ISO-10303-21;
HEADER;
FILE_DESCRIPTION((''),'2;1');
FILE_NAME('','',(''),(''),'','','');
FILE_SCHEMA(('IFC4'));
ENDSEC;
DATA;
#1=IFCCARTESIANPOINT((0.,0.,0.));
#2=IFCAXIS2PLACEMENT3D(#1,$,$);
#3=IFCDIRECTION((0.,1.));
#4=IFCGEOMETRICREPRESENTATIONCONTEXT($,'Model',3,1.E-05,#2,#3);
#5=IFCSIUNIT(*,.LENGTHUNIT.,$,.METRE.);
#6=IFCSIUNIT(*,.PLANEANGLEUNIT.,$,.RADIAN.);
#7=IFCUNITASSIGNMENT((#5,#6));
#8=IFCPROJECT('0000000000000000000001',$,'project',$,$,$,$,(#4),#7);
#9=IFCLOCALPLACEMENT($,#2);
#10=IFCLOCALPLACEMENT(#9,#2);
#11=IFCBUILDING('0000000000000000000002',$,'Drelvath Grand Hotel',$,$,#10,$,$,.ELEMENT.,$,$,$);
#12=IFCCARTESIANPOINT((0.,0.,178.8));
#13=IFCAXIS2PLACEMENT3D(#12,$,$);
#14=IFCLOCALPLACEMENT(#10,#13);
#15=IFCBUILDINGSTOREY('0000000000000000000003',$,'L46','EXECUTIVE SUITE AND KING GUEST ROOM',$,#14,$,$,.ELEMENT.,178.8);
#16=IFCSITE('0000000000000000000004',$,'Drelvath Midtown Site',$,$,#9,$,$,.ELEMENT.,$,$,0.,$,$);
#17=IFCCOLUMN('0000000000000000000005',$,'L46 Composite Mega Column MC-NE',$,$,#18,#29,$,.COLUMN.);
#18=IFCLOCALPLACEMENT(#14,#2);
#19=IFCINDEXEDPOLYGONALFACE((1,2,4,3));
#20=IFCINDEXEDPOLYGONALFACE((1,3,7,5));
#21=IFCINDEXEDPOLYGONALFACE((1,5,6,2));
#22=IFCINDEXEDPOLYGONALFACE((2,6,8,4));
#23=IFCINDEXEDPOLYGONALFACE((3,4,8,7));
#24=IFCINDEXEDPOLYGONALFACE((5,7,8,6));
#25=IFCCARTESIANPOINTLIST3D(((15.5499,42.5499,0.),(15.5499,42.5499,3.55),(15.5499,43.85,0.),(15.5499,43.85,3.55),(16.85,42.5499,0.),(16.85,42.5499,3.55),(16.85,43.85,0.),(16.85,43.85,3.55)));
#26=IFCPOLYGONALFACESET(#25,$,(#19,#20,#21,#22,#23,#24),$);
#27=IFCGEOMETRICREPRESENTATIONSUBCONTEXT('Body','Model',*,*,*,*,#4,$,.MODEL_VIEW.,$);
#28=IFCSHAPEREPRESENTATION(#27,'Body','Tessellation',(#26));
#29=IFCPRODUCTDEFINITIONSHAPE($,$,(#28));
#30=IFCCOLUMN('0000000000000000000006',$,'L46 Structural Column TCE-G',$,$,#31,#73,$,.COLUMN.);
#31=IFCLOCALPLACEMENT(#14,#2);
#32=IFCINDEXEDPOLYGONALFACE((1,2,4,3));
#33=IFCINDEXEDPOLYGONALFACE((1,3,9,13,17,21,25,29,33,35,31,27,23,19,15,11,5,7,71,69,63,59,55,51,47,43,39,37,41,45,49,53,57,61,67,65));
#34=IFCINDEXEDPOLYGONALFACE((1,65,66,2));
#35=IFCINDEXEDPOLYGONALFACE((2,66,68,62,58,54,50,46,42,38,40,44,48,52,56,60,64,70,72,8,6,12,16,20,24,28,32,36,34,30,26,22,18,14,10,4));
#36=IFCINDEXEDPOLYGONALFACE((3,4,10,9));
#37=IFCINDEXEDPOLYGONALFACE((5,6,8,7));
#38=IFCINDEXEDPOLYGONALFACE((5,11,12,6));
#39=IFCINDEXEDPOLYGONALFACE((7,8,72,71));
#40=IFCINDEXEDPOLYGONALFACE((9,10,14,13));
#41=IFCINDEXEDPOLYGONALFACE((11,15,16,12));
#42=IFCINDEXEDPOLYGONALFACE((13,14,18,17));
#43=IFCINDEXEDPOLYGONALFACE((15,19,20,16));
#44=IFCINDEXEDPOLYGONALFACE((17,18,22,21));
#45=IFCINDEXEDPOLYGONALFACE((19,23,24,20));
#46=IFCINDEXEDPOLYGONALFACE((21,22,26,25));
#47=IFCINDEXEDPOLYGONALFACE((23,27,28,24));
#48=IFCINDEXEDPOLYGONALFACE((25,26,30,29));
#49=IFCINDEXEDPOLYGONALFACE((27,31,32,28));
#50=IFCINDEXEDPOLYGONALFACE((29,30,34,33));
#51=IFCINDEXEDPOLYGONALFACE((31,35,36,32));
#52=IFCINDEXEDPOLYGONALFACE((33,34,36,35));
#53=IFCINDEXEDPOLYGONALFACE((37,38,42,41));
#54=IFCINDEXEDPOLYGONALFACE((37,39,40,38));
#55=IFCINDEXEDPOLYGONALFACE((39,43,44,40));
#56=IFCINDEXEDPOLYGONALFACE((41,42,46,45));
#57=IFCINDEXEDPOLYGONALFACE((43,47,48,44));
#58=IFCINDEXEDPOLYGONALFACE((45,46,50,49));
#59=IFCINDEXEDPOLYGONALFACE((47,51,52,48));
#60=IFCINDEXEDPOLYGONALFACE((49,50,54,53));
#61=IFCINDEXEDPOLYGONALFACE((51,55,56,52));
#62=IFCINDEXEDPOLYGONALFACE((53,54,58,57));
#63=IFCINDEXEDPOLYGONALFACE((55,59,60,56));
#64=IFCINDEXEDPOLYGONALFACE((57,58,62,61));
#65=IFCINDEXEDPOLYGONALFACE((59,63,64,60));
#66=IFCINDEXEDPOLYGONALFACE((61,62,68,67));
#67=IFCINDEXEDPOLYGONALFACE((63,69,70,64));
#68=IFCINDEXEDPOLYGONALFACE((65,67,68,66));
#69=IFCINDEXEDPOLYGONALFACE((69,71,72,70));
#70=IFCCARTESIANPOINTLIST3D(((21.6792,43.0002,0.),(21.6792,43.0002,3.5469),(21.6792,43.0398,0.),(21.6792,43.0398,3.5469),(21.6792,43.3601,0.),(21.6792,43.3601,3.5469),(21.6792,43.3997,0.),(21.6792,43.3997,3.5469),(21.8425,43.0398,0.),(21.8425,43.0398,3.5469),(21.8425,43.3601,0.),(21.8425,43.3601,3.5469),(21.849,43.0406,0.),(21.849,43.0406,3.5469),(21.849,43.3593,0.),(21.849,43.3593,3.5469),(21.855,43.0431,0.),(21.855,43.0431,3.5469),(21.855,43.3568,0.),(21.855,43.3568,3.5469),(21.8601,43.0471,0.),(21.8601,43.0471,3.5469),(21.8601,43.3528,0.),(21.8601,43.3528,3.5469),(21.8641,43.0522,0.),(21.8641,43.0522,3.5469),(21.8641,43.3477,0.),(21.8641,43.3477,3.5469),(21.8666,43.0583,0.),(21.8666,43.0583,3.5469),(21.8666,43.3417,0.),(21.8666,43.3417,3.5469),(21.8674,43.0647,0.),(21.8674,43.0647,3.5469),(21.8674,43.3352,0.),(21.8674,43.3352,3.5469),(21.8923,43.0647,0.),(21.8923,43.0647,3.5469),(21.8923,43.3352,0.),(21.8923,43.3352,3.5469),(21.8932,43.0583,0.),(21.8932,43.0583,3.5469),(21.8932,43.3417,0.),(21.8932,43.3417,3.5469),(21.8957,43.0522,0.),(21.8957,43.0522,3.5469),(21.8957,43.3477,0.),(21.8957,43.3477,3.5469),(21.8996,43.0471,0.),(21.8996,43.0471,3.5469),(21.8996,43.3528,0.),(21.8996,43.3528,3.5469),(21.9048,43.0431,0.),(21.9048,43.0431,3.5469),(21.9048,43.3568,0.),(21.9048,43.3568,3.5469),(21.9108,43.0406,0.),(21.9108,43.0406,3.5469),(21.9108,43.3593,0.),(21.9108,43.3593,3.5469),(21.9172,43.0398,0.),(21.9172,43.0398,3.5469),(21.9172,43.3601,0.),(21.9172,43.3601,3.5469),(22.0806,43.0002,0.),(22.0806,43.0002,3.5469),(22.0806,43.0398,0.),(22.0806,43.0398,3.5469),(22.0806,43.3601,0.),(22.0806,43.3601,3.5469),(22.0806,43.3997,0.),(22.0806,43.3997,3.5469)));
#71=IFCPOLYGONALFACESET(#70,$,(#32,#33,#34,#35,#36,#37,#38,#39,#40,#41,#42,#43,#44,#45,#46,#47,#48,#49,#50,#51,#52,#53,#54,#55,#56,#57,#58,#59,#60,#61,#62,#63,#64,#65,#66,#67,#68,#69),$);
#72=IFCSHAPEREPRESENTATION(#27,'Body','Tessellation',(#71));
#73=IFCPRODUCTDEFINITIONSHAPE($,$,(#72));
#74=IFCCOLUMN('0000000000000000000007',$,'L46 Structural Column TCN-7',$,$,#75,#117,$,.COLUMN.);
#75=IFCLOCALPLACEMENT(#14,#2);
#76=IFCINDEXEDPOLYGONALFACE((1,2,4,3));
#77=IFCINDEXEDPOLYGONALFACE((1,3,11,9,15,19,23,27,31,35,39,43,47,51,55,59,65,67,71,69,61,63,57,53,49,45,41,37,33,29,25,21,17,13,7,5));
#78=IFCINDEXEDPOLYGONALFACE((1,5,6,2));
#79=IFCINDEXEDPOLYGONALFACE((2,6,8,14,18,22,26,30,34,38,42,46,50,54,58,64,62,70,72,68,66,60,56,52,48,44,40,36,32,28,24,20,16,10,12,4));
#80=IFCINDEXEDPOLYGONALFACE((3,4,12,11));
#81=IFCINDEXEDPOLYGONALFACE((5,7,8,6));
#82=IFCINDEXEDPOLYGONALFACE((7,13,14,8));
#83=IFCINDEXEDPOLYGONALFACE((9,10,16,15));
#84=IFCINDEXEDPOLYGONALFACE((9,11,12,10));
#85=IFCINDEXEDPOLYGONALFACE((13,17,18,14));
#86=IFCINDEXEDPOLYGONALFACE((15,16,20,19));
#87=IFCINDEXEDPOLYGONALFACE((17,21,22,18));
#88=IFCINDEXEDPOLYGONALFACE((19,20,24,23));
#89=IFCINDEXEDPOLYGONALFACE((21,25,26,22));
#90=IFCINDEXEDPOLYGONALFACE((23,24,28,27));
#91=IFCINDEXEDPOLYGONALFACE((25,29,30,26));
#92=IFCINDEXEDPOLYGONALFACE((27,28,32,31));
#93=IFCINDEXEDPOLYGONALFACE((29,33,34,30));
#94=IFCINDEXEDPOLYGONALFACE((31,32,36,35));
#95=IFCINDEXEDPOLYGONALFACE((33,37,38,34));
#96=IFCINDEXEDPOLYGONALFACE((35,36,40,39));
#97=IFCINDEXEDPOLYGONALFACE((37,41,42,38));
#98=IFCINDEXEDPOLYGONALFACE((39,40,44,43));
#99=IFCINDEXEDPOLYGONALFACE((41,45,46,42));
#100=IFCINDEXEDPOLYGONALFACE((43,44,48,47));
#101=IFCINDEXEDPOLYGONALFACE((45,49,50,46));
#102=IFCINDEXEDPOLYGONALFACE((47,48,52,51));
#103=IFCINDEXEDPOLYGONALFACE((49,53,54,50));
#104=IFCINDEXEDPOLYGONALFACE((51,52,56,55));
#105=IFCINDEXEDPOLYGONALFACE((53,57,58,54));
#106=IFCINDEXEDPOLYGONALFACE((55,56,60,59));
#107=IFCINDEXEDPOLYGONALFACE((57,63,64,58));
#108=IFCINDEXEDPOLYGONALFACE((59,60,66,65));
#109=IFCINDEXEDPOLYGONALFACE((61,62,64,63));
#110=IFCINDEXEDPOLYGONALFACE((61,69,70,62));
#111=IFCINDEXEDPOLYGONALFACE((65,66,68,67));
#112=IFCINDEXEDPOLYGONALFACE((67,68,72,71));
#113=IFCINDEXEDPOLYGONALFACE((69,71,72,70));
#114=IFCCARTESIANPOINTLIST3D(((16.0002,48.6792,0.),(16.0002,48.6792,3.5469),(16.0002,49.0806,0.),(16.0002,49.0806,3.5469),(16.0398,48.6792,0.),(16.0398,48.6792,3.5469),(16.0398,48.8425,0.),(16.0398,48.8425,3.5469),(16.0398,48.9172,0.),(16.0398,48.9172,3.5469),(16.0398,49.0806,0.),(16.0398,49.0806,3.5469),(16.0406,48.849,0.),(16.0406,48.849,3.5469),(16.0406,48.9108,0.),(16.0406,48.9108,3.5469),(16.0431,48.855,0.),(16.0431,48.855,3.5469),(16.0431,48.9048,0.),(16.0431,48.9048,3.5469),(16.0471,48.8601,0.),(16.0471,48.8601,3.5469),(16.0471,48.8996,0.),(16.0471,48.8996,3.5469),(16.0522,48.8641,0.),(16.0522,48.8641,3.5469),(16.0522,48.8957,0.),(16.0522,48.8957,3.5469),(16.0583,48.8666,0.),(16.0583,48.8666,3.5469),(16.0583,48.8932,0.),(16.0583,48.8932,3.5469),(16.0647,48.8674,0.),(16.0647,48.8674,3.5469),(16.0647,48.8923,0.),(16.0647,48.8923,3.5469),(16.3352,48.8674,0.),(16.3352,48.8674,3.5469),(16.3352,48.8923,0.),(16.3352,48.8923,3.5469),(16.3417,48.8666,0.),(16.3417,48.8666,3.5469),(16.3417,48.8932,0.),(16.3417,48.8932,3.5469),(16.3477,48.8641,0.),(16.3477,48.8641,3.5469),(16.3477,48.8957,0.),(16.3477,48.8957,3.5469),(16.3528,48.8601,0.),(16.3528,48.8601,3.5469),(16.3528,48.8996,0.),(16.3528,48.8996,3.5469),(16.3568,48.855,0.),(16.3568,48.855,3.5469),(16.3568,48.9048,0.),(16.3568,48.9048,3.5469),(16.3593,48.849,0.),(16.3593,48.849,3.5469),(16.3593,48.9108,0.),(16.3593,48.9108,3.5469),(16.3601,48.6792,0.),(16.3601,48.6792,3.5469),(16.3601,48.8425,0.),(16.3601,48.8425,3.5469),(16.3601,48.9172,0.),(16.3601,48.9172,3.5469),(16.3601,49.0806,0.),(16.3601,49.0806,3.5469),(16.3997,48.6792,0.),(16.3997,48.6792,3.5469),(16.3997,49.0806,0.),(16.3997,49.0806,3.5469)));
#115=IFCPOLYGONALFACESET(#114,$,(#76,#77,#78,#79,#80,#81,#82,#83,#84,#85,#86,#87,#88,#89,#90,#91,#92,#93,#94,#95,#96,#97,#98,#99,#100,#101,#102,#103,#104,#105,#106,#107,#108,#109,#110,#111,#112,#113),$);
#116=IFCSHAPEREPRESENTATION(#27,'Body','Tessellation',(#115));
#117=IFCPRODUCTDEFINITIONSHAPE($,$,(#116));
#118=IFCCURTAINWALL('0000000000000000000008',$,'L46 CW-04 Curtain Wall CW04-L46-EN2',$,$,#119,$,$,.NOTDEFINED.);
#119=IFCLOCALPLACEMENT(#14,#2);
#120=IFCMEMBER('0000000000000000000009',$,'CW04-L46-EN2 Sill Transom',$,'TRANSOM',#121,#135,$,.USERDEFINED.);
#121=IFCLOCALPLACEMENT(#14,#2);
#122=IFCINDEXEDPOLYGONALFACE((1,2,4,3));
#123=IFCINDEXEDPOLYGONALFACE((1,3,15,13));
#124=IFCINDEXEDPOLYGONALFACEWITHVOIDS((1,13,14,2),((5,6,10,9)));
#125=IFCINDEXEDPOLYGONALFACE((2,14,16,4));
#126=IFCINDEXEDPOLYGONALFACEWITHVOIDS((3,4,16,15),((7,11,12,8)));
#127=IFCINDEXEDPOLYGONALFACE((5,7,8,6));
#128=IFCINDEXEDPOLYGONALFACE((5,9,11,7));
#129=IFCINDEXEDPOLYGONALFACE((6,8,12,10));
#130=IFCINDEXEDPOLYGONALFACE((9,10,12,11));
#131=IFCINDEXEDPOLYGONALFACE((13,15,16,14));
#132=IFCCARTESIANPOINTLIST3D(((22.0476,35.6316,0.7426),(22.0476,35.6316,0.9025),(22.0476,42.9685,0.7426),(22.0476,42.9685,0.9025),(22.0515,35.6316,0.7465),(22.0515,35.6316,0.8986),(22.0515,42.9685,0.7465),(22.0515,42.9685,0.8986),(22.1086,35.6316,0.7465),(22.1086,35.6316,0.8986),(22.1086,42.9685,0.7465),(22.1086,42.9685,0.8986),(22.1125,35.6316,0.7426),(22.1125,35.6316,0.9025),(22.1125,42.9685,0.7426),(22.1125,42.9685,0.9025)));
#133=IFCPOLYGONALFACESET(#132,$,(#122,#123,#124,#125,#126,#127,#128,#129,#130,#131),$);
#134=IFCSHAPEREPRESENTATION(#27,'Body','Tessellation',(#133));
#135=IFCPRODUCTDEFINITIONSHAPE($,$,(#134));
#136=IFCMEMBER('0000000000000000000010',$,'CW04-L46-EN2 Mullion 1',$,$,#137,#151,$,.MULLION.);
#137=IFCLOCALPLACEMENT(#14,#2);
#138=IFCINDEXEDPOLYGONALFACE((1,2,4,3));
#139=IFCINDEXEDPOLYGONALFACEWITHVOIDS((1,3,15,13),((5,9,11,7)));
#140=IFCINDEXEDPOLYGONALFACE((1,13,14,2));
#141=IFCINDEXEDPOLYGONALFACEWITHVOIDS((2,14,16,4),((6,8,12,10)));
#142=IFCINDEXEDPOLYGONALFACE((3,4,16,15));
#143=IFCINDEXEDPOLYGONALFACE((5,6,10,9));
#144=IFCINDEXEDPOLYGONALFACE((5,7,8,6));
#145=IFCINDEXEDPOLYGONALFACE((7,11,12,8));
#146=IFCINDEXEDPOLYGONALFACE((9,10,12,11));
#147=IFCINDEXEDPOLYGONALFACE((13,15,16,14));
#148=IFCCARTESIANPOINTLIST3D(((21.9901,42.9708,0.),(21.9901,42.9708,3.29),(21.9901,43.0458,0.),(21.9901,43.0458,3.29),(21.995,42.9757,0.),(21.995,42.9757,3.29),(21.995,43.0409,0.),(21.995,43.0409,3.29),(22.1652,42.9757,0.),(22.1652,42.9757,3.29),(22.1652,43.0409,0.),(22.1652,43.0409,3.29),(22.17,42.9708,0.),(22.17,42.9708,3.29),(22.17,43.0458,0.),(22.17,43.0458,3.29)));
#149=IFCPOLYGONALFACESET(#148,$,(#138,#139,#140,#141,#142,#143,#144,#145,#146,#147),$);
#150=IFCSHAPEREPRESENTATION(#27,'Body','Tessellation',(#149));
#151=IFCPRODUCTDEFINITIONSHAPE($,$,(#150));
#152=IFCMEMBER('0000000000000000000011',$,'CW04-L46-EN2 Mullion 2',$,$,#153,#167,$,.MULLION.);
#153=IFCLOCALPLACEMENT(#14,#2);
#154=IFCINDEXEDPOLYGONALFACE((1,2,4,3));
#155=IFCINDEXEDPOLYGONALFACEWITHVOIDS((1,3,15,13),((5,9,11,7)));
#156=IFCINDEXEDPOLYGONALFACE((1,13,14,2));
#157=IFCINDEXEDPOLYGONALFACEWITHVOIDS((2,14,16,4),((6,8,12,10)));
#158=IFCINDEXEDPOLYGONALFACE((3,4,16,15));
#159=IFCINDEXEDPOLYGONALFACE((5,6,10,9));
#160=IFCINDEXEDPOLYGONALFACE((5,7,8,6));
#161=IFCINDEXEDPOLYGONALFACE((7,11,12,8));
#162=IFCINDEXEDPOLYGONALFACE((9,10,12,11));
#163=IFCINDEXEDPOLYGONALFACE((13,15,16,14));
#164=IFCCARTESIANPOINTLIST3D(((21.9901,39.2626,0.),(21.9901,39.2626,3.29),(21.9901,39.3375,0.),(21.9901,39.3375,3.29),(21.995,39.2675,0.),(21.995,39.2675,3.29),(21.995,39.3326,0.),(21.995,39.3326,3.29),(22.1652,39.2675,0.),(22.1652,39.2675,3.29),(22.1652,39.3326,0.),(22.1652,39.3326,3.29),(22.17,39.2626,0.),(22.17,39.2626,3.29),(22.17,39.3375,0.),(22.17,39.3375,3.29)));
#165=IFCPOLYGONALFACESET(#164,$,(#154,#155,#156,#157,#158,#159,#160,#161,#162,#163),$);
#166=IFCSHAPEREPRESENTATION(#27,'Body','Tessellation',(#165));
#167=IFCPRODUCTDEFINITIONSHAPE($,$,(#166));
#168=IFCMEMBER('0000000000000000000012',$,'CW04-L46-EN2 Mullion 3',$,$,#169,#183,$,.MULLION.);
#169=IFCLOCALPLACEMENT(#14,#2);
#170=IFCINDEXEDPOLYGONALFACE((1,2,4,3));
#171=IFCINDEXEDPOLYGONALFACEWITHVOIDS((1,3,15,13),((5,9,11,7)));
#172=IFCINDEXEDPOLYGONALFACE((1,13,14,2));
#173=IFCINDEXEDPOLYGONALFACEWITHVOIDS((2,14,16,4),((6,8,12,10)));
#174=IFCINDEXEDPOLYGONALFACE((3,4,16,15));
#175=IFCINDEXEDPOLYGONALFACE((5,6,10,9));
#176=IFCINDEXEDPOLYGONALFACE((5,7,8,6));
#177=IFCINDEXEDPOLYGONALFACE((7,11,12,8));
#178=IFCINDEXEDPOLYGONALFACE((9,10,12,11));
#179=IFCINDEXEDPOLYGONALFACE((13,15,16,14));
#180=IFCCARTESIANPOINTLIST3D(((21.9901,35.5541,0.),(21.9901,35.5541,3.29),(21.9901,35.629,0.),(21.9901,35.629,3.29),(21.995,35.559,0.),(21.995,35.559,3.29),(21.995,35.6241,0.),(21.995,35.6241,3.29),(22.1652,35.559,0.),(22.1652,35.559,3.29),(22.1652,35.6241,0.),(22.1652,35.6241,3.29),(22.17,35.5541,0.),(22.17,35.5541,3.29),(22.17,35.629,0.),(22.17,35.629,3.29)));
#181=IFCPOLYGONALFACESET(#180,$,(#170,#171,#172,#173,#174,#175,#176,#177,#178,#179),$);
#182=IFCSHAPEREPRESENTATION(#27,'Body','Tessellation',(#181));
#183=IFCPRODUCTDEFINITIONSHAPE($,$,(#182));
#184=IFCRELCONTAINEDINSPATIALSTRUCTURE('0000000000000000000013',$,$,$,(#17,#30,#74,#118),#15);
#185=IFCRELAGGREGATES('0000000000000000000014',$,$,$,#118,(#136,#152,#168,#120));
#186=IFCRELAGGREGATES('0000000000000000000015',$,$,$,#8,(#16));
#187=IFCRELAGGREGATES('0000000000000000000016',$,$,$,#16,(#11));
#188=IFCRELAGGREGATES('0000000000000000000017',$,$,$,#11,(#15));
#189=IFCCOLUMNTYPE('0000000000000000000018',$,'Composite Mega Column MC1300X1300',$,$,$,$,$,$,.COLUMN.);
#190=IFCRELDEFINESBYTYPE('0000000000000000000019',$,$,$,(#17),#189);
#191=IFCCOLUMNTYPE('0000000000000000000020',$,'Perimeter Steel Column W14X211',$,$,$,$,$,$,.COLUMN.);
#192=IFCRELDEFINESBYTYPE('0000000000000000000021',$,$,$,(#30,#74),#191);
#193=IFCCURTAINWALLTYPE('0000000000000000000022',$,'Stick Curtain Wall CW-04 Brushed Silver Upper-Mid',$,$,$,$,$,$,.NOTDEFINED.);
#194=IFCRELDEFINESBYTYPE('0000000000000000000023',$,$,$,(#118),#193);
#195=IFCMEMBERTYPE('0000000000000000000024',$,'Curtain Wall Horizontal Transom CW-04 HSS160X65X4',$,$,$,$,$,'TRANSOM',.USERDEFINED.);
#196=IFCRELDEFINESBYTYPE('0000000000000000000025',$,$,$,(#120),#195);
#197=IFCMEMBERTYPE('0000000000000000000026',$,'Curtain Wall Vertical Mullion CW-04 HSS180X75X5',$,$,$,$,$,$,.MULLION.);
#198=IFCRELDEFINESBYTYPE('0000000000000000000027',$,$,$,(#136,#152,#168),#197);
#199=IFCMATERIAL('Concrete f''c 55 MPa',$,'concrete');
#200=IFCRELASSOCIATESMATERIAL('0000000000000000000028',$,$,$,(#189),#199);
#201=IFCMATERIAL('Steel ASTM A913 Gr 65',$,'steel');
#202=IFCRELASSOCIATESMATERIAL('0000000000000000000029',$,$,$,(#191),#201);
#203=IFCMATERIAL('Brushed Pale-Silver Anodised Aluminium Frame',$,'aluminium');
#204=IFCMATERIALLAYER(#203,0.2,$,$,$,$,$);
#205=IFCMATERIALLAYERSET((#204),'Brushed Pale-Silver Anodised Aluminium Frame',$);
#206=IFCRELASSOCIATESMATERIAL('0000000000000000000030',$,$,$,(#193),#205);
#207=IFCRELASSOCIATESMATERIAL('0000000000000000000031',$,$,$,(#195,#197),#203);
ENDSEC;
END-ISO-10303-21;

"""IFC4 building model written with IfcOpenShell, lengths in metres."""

from ifc_helpers import new_model, si_unit, direction, frame, origin, origin_2d, place, context, subcontext, project, spatial, rectangle, hollow_rectangle, i_section, extrude, material, layer, layer_set, material_profile, profile_set, type_object, element, aggregate, save


model = new_model("IFC4")

# Units and contexts
model_context = context("Model", 3, precision=1e-05, world=origin(), true_north=direction((0.0, 1.0)))
body_context = subcontext(model_context, "Body", "Model", "MODEL_VIEW")
ifc_project = project(units=[si_unit("LENGTHUNIT", "METRE"), si_unit("PLANEANGLEUNIT", "RADIAN")], contexts=[model_context])

# Site, building, storey
site_placement = place(None, origin())
site = spatial("IfcSite", under=ifc_project, at=site_placement, Name="Drelvath Midtown Site", CompositionType="ELEMENT", RefElevation=0.0)
building_placement = place(site_placement, origin())
building = spatial("IfcBuilding", under=site, at=building_placement, Name="Drelvath Grand Hotel", CompositionType="ELEMENT")
storey_placement = place(building_placement, frame((0.0, 0.0, 178.8)))
storey = spatial("IfcBuildingStorey", under=building, at=storey_placement, Name="L46", Description="EXECUTIVE SUITE AND KING GUEST ROOM", CompositionType="ELEMENT", Elevation=178.8)

# Columns
ifc_material_1 = material(Name="Concrete f'c 55 MPa", Category="concrete")
ifc_material_profile_1 = material_profile(ifc_material_1, rectangle(XDim=1.3, YDim=1.3, at=origin_2d()), Name="MC1300X1300")
ifc_profile_set_1 = profile_set([ifc_material_profile_1], Name="Concrete f'c 55 MPa")
column_type_1 = type_object("IfcColumnType", Name="Composite Mega Column MC1300X1300", PredefinedType="COLUMN", material=ifc_profile_set_1)
column_placement = place(storey_placement, frame((16.2, 43.2, 0.0), z_axis=(0.0, 0.0, 1.0), x_axis=(1.0, 0.0, 0.0)))
element("IfcColumn", 1, at=column_placement, inside=storey, type_object=column_type_1, Name="L46 Composite Mega Column MC-NE", PredefinedType="COLUMN", context=body_context, shape_type="SweptSolid", body=[
    extrude(rectangle(XDim=1.3, YDim=1.3, at=origin_2d()), origin(), (0.0, 0.0, 1.0), 3.55),
])
ifc_material_2 = material(Name="Steel ASTM A913 Gr 65", Category="steel")
ifc_material_profile_2 = material_profile(ifc_material_2, i_section(OverallWidth=0.4014, OverallDepth=0.3994, WebThickness=0.0249, FlangeThickness=0.0396, FilletRadius=0.0249, at=origin_2d()), Name="W14X211")
ifc_profile_set_2 = profile_set([ifc_material_profile_2], Name="Steel ASTM A913 Gr 65")
column_type_2 = type_object("IfcColumnType", Name="Perimeter Steel Column W14X211", PredefinedType="COLUMN", material=ifc_profile_set_2)
for number, where, z_axis, x_axis, name in (
    (2, (21.8799, 43.2, 0.0), (0.0, 0.0, 1.0), (1.0, 0.0, 0.0), "L46 Structural Column TCE-G"),
    (3, (16.2, 48.8799, 0.0), (0.0, 0.0, 1.0), (0.0, 1.0, 0.0), "L46 Structural Column TCN-7"),
):
    element("IfcColumn", number, at=place(storey_placement, frame(where, z_axis=z_axis, x_axis=x_axis)), inside=storey, type_object=column_type_2, Name=name, PredefinedType="COLUMN", context=body_context, shape_type="SweptSolid", body=[
        extrude(i_section(OverallWidth=0.4014, OverallDepth=0.3994, WebThickness=0.0249, FlangeThickness=0.0396, FilletRadius=0.0249, at=origin_2d()), origin(), (0.0, 0.0, 1.0), 3.5469),
    ])

# Curtain wall, members
ifc_material_3 = material(Name="Brushed Pale-Silver Anodised Aluminium Frame", Category="aluminium")
ifc_layer_1 = layer(ifc_material_3, 0.2)
ifc_layer_set_1 = layer_set([ifc_layer_1], Name="Brushed Pale-Silver Anodised Aluminium Frame")
curtain_wall_type = type_object("IfcCurtainWallType", Name="Stick Curtain Wall CW-04 Brushed Silver Upper-Mid", PredefinedType="NOTDEFINED", material=ifc_layer_set_1)
curtain_wall_placement = place(storey_placement, origin())
curtain_wall = element("IfcCurtainWall", 4, at=curtain_wall_placement, inside=storey, type_object=curtain_wall_type, Name="L46 CW-04 Curtain Wall CW04-L46-EN2", PredefinedType="NOTDEFINED")
ifc_material_profile_3 = material_profile(ifc_material_3, hollow_rectangle(XDim=0.0649, YDim=0.1599, WallThickness=0.0039, at=origin_2d()), Name="HSS160X65X4")
ifc_profile_set_3 = profile_set([ifc_material_profile_3], Name="Brushed Pale-Silver Anodised Aluminium Frame")
member_type_1 = type_object("IfcMemberType", Name="Curtain Wall Horizontal Transom CW-04 HSS160X65X4", ElementType="TRANSOM", PredefinedType="USERDEFINED", material=ifc_profile_set_3)
member_1_placement = place(storey_placement, frame((22.0801, 42.9685, 0.8225), z_axis=(0.0, -1.0, 0.0), x_axis=(1.0, 0.0, 0.0)))
member_1 = element("IfcMember", 5, at=member_1_placement, type_object=member_type_1, Name="CW04-L46-EN2 Sill Transom", ObjectType="TRANSOM", PredefinedType="USERDEFINED", context=body_context, shape_type="SweptSolid", body=[
    extrude(hollow_rectangle(XDim=0.0649, YDim=0.1599, WallThickness=0.0039, at=origin_2d()), origin(), (0.0, 0.0, 1.0), 7.3369),
])
ifc_material_profile_4 = material_profile(ifc_material_3, hollow_rectangle(XDim=0.075, YDim=0.1799, WallThickness=0.0049, at=origin_2d()), Name="HSS180X75X5")
ifc_profile_set_4 = profile_set([ifc_material_profile_4], Name="Brushed Pale-Silver Anodised Aluminium Frame")
member_type_2 = type_object("IfcMemberType", Name="Curtain Wall Vertical Mullion CW-04 HSS180X75X5", PredefinedType="MULLION", material=ifc_profile_set_4)
member_2_placement = place(storey_placement, frame((22.0801, 43.0083, 0.0), z_axis=(0.0, 0.0, 1.0), x_axis=(0.0, 1.0, 0.0)))
member_2 = element("IfcMember", 6, at=member_2_placement, type_object=member_type_2, Name="CW04-L46-EN2 Mullion 1", PredefinedType="MULLION", context=body_context, shape_type="SweptSolid", body=[
    extrude(hollow_rectangle(XDim=0.075, YDim=0.1799, WallThickness=0.0049, at=origin_2d()), origin(), (0.0, 0.0, 1.0), 3.29),
])
member_3_placement = place(storey_placement, frame((22.0801, 39.3, 0.0), z_axis=(0.0, 0.0, 1.0), x_axis=(0.0, 1.0, 0.0)))
member_3 = element("IfcMember", 7, at=member_3_placement, type_object=member_type_2, Name="CW04-L46-EN2 Mullion 2", PredefinedType="MULLION", context=body_context, shape_type="SweptSolid", body=[
    extrude(hollow_rectangle(XDim=0.075, YDim=0.1799, WallThickness=0.0049, at=origin_2d()), origin(), (0.0, 0.0, 1.0), 3.29),
])
member_4_placement = place(storey_placement, frame((22.0801, 35.5916, 0.0), z_axis=(0.0, 0.0, 1.0), x_axis=(0.0, 1.0, 0.0)))
member_4 = element("IfcMember", 8, at=member_4_placement, type_object=member_type_2, Name="CW04-L46-EN2 Mullion 3", PredefinedType="MULLION", context=body_context, shape_type="SweptSolid", body=[
    extrude(hollow_rectangle(XDim=0.075, YDim=0.1799, WallThickness=0.0049, at=origin_2d()), origin(), (0.0, 0.0, 1.0), 3.29),
])

aggregate(curtain_wall, [member_2, member_3, member_4, member_1])

save(model, "model.ifc")
